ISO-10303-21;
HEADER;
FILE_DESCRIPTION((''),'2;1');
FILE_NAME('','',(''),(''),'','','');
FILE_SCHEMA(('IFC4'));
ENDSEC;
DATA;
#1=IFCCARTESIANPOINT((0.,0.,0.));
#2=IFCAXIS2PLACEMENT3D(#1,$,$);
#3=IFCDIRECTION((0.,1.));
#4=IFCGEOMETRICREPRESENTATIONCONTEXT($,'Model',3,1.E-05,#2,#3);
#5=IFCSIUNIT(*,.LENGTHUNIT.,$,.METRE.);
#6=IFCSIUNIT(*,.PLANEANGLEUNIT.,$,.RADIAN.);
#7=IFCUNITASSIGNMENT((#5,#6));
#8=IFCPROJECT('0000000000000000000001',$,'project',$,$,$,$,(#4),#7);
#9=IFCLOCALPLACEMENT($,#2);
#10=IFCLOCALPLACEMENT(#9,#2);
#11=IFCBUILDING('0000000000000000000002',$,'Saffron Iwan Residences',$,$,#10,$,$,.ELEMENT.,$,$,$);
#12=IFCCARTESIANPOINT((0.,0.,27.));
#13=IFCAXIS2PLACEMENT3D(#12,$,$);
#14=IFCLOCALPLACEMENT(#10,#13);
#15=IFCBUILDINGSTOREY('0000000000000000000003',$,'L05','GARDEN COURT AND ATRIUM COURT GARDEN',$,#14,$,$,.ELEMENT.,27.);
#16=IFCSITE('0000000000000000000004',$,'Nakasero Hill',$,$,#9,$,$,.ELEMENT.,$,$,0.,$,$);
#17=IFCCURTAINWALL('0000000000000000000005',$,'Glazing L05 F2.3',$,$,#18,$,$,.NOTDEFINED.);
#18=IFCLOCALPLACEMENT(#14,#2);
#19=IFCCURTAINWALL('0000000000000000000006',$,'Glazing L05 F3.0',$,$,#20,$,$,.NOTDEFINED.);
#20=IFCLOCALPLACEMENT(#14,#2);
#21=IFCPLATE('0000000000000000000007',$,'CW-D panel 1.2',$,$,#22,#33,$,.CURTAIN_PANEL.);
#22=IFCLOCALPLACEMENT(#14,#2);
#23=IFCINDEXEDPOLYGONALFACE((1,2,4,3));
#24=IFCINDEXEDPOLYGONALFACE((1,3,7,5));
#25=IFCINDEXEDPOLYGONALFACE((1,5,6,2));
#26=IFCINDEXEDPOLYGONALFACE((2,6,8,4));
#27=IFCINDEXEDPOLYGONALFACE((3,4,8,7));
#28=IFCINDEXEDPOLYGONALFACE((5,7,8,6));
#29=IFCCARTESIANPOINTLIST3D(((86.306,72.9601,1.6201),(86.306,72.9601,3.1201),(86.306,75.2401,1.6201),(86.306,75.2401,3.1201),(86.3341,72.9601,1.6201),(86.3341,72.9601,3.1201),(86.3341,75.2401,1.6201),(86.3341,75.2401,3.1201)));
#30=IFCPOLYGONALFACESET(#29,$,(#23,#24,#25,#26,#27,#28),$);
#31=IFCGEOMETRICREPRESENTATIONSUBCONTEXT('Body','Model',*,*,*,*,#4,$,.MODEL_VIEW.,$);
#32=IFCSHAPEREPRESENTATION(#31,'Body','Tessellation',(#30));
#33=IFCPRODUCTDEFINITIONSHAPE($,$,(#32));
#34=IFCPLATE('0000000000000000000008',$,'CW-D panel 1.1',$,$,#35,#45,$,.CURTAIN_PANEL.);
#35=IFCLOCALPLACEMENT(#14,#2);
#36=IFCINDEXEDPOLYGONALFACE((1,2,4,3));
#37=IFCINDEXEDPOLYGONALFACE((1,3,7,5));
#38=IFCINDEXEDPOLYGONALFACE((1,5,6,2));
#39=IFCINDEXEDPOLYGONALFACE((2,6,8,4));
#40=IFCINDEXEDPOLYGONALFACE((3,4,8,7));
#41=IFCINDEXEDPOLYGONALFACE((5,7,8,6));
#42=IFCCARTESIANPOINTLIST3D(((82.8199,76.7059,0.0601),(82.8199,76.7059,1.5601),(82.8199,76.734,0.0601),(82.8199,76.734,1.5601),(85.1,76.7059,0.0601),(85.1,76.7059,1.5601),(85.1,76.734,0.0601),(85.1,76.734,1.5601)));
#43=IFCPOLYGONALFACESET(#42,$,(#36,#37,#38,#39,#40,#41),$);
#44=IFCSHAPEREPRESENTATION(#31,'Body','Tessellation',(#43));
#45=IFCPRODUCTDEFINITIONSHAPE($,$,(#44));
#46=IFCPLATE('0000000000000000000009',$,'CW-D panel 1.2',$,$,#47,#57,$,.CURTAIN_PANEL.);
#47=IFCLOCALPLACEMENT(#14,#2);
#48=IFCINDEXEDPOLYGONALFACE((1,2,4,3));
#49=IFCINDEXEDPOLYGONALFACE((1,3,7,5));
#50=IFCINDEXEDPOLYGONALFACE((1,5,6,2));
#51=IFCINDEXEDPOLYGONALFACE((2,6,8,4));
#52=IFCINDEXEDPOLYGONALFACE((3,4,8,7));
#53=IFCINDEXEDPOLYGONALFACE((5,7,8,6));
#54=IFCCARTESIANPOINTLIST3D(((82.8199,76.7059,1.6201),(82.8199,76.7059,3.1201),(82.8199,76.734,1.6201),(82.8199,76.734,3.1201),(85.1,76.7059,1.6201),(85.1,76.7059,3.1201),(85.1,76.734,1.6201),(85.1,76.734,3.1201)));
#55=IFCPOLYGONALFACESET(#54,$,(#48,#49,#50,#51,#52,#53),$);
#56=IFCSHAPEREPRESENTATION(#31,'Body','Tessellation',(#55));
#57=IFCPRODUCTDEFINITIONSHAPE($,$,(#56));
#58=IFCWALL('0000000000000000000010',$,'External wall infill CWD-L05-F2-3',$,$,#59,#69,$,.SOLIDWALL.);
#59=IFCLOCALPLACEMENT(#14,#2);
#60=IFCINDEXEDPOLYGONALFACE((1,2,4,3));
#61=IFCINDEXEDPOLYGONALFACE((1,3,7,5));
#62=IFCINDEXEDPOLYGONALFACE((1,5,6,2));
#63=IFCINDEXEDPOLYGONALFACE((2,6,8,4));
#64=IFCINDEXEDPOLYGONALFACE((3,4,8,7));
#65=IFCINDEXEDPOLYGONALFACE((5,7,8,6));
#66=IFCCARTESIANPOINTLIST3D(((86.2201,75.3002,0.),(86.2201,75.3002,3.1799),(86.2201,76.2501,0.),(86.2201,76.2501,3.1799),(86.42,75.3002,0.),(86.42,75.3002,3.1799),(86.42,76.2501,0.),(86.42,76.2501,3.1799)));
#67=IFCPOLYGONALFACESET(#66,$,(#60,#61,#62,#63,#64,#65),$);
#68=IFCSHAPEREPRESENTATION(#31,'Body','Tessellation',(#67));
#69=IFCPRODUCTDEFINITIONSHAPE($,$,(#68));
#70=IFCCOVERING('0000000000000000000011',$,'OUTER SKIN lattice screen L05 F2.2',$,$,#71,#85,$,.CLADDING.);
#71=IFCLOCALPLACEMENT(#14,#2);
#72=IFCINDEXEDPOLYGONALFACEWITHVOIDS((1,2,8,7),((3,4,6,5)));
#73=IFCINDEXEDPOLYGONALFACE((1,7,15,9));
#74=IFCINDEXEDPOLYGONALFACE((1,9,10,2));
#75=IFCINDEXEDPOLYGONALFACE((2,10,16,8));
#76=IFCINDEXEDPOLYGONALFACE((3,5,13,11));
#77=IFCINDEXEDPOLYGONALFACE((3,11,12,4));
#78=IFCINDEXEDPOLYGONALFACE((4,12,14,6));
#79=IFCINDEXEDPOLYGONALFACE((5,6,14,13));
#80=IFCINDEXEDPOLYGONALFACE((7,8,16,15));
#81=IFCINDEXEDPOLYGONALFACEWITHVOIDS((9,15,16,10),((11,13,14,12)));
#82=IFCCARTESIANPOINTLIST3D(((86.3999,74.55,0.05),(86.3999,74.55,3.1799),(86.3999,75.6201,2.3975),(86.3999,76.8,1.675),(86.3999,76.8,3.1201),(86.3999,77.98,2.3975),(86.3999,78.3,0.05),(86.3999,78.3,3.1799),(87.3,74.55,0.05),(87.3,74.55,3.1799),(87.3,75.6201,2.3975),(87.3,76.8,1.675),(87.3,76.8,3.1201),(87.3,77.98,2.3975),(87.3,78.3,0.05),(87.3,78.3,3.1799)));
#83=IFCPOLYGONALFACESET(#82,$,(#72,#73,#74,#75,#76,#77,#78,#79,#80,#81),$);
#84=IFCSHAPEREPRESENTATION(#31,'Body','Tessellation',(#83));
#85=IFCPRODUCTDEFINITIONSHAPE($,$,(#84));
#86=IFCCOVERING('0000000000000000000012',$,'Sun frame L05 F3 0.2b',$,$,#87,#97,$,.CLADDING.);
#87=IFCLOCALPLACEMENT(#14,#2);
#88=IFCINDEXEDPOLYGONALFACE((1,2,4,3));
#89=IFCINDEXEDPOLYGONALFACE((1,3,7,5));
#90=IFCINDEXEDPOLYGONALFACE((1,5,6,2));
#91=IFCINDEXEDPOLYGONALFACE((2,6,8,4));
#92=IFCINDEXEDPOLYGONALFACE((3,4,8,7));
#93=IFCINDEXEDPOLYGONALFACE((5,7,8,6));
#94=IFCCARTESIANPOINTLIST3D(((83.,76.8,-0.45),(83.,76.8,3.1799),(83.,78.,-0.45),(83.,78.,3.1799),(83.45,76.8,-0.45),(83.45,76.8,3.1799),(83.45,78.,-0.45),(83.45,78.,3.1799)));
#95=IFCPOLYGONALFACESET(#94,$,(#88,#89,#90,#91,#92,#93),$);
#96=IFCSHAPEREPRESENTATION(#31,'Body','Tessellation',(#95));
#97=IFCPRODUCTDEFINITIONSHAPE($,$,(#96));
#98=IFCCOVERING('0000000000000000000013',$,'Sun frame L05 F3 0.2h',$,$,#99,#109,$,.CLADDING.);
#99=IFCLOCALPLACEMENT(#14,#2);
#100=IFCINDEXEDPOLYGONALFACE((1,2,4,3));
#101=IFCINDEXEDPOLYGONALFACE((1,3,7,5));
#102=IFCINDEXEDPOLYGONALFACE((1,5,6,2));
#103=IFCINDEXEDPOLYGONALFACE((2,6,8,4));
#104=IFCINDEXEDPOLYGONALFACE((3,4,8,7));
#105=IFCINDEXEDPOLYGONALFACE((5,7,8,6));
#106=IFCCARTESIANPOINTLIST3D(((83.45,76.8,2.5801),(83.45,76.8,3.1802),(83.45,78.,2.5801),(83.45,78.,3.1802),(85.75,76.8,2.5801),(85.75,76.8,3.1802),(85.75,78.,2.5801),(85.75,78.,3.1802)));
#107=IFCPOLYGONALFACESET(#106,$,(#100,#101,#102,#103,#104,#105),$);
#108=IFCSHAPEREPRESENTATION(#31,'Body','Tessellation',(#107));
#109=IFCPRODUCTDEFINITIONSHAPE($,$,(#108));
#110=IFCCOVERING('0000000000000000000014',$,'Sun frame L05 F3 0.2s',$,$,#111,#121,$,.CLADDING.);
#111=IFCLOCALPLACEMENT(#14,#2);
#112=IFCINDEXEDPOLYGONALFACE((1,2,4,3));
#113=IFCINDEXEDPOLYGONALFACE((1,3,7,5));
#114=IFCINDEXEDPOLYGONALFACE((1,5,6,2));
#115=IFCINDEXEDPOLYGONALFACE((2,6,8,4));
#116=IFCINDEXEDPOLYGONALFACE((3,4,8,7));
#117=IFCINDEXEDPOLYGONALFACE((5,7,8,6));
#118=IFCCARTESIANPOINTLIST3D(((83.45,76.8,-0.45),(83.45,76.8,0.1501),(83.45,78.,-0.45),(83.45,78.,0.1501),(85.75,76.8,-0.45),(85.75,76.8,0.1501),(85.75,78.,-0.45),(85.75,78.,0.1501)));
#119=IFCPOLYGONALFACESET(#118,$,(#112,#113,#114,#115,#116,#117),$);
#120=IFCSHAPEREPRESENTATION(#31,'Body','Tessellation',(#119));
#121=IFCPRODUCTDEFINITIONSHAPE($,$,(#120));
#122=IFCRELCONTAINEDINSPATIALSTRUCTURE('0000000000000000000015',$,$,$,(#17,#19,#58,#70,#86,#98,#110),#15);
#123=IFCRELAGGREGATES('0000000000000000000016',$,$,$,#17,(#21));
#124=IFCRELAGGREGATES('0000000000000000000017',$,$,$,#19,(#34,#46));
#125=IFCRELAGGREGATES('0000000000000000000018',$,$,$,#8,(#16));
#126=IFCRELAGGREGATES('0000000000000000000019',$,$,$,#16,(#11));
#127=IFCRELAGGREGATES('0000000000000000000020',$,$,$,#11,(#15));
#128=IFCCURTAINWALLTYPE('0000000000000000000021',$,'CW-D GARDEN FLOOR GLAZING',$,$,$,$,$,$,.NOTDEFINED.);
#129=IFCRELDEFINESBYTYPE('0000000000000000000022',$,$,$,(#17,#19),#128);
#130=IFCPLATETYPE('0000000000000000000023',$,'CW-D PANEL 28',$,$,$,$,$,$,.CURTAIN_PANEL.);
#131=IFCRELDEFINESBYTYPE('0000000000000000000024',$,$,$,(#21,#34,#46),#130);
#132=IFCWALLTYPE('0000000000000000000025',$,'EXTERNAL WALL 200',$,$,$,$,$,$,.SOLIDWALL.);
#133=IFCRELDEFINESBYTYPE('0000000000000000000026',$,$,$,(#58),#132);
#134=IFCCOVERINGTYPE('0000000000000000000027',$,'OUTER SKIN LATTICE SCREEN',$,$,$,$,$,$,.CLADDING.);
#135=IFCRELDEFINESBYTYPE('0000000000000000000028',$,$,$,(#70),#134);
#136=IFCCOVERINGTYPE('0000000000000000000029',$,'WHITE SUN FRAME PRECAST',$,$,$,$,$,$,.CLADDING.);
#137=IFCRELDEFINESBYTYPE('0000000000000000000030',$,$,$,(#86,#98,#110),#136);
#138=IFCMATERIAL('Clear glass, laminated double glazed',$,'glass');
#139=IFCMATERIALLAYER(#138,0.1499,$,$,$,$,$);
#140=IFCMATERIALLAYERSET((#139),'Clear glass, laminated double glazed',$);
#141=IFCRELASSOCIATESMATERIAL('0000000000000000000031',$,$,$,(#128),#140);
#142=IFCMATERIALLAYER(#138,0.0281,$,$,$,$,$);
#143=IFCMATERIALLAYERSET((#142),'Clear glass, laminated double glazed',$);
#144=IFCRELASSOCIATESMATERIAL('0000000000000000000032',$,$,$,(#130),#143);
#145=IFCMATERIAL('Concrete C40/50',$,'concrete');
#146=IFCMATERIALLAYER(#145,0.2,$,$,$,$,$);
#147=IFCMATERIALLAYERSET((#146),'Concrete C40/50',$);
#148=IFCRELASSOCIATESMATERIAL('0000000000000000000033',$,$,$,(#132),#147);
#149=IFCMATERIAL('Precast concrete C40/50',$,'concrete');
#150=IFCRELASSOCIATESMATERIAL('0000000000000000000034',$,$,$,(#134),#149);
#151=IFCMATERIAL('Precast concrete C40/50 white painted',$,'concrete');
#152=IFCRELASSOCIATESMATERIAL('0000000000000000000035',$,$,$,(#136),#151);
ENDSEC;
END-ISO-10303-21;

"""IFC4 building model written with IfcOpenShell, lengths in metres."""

from ifc_helpers import new_model, si_unit, direction, frame, frame_2d, origin, origin_2d, place, context, subcontext, project, spatial, polyline, rectangle, outline, extrude, source, transform, mapped, material, layer, layer_set, type_object, element, aggregate, save


model = new_model("IFC4")

# Units and contexts
model_context = context("Model", 3, precision=1e-05, world=origin(), true_north=direction((0.0, 1.0)))
body_context = subcontext(model_context, "Body", "Model", "MODEL_VIEW")
ifc_project = project(units=[si_unit("LENGTHUNIT", "METRE"), si_unit("PLANEANGLEUNIT", "RADIAN")], contexts=[model_context])

# Site, building, storey
site_placement = place(None, origin())
site = spatial("IfcSite", under=ifc_project, at=site_placement, Name="Nakasero Hill", CompositionType="ELEMENT", RefElevation=0.0)
building_placement = place(site_placement, origin())
building = spatial("IfcBuilding", under=site, at=building_placement, Name="Saffron Iwan Residences", CompositionType="ELEMENT")
storey_placement = place(building_placement, frame((0.0, 0.0, 27.0)))
storey = spatial("IfcBuildingStorey", under=building, at=storey_placement, Name="L05", Description="GARDEN COURT AND ATRIUM COURT GARDEN", CompositionType="ELEMENT", Elevation=27.0)

# Curtain walls
ifc_material_1 = material(Name="Clear glass, laminated double glazed", Category="glass")
ifc_layer_1 = layer(ifc_material_1, 0.1499)
ifc_layer_set_1 = layer_set([ifc_layer_1], Name="Clear glass, laminated double glazed")
curtain_wall_type = type_object("IfcCurtainWallType", Name="CW-D GARDEN FLOOR GLAZING", PredefinedType="NOTDEFINED", material=ifc_layer_set_1)
curtain_wall_1_placement = place(storey_placement, origin())
curtain_wall_1 = element("IfcCurtainWall", 1, at=curtain_wall_1_placement, inside=storey, type_object=curtain_wall_type, Name="Glazing L05 F2.3", PredefinedType="NOTDEFINED")
curtain_wall_2_placement = place(storey_placement, origin())
curtain_wall_2 = element("IfcCurtainWall", 2, at=curtain_wall_2_placement, inside=storey, type_object=curtain_wall_type, Name="Glazing L05 F3.0", PredefinedType="NOTDEFINED")

# Plates
ifc_layer_2 = layer(ifc_material_1, 0.0281)
ifc_layer_set_2 = layer_set([ifc_layer_2], Name="Clear glass, laminated double glazed")
plate_type = type_object("IfcPlateType", Name="CW-D PANEL 28", PredefinedType="CURTAIN_PANEL", material=ifc_layer_set_2)
shared_shape_1 = source(origin(), body_context, "Body", "SweptSolid", [
    extrude(rectangle(XDim=2.28, YDim=0.0281, at=origin_2d()), origin(), (0.0, 0.0, 1.0), 1.5),
])
plate_1_placement = place(storey_placement, frame((86.3201, 74.1001, 1.6201), z_axis=(0.0, 0.0, 1.0), x_axis=(0.0, 1.0, 0.0)))
plate_1 = element("IfcPlate", 3, at=plate_1_placement, type_object=plate_type, Name="CW-D panel 1.2", PredefinedType="CURTAIN_PANEL", context=body_context, shape_type="MappedRepresentation", body=[
    mapped(shared_shape_1, transform((0.0, 0.0, 0.0))),
])
aggregate(curtain_wall_1, [plate_1])
plate_2_placement = place(storey_placement, frame((83.96, 76.72, 0.0601), z_axis=(0.0, 0.0, 1.0), x_axis=(-1.0, 0.0, 0.0)))
plate_2 = element("IfcPlate", 4, at=plate_2_placement, type_object=plate_type, Name="CW-D panel 1.1", PredefinedType="CURTAIN_PANEL", context=body_context, shape_type="MappedRepresentation", body=[
    mapped(shared_shape_1, transform((0.0, 0.0, 0.0))),
])
plate_3_placement = place(storey_placement, frame((83.96, 76.72, 1.6201), z_axis=(0.0, 0.0, 1.0), x_axis=(-1.0, 0.0, 0.0)))
plate_3 = element("IfcPlate", 5, at=plate_3_placement, type_object=plate_type, Name="CW-D panel 1.2", PredefinedType="CURTAIN_PANEL", context=body_context, shape_type="MappedRepresentation", body=[
    mapped(shared_shape_1, transform((0.0, 0.0, 0.0))),
])
aggregate(curtain_wall_2, [plate_2, plate_3])

# Shared definitions
ifc_material_2 = material(Name="Concrete C40/50", Category="concrete")
ifc_layer_3 = layer(ifc_material_2, 0.2)
ifc_layer_set_3 = layer_set([ifc_layer_3], Name="Concrete C40/50")
wall_type = type_object("IfcWallType", Name="EXTERNAL WALL 200", PredefinedType="SOLIDWALL", material=ifc_layer_set_3)

# Wall
wall_1_placement = place(storey_placement, frame((86.3201, 75.3, 0.0), z_axis=(0.0, 0.0, 1.0), x_axis=(0.0, 1.0, 0.0)))
element("IfcWall", 6, at=wall_1_placement, inside=storey, type_object=wall_type, Name="External wall infill CWD-L05-F2-3", PredefinedType="SOLIDWALL", context=body_context, shape_type="SweptSolid", body=[
    extrude(rectangle(XDim=0.95, YDim=0.2, at=frame_2d((0.4751, 0.0))), origin(), (0.0, 0.0, 1.0), 3.1799),
])

# Coverings
ifc_material_3 = material(Name="Precast concrete C40/50", Category="concrete")
covering_type_1 = type_object("IfcCoveringType", Name="OUTER SKIN LATTICE SCREEN", PredefinedType="CLADDING", material=ifc_material_3)
covering_1_placement = place(storey_placement, frame((86.3999, 74.55, 0.05), z_axis=(1.0, 0.0, 0.0), x_axis=(0.0, 1.0, 0.0)))
element("IfcCovering", 7, at=covering_1_placement, inside=storey, type_object=covering_type_1, Name="OUTER SKIN lattice screen L05 F2.2", PredefinedType="CLADDING", context=body_context, shape_type="SweptSolid", body=[
    extrude(outline(polyline([(0.0, 0.0), (3.75, 0.0), (3.75, 3.1299), (0.0, 3.1299), (0.0, 0.0)]), holes=[polyline([(1.0701, 2.3474), (2.25, 1.625), (3.4299, 2.3474), (2.25, 3.0701), (1.0701, 2.3474)])]), origin(), (0.0, 0.0, 1.0), 0.9001),
])
ifc_material_4 = material(Name="Precast concrete C40/50 white painted", Category="concrete")
covering_type_2 = type_object("IfcCoveringType", Name="WHITE SUN FRAME PRECAST", PredefinedType="CLADDING", material=ifc_material_4)
covering_2_placement = place(storey_placement, frame((83.45, 76.8, -0.45), z_axis=(0.0, 1.0, 0.0), x_axis=(-1.0, 0.0, 0.0)))
element("IfcCovering", 8, at=covering_2_placement, inside=storey, type_object=covering_type_2, Name="Sun frame L05 F3 0.2b", PredefinedType="CLADDING", context=body_context, shape_type="SweptSolid", body=[
    extrude(outline(polyline([(0.0, 0.0), (0.45, 0.0), (0.45, 3.6299), (0.0, 3.6299), (0.0, 0.0)])), origin(), (0.0, 0.0, 1.0), 1.2),
])
for number, where, z_axis, x_axis, name in (
    (9, (85.75, 76.8, 2.5801), (0.0, 1.0, 0.0), (-1.0, 0.0, 0.0), "Sun frame L05 F3 0.2h"),
    (10, (85.75, 76.8, -0.45), (0.0, 1.0, 0.0), (-1.0, 0.0, 0.0), "Sun frame L05 F3 0.2s"),
):
    element("IfcCovering", number, at=place(storey_placement, frame(where, z_axis=z_axis, x_axis=x_axis)), inside=storey, type_object=covering_type_2, Name=name, PredefinedType="CLADDING", context=body_context, shape_type="SweptSolid", body=[
        extrude(outline(polyline([(0.0, 0.0), (2.3, 0.0), (2.3, 0.6001), (0.0, 0.6001), (0.0, 0.0)])), origin(), (0.0, 0.0, 1.0), 1.2),
    ])

save(model, "model.ifc")
